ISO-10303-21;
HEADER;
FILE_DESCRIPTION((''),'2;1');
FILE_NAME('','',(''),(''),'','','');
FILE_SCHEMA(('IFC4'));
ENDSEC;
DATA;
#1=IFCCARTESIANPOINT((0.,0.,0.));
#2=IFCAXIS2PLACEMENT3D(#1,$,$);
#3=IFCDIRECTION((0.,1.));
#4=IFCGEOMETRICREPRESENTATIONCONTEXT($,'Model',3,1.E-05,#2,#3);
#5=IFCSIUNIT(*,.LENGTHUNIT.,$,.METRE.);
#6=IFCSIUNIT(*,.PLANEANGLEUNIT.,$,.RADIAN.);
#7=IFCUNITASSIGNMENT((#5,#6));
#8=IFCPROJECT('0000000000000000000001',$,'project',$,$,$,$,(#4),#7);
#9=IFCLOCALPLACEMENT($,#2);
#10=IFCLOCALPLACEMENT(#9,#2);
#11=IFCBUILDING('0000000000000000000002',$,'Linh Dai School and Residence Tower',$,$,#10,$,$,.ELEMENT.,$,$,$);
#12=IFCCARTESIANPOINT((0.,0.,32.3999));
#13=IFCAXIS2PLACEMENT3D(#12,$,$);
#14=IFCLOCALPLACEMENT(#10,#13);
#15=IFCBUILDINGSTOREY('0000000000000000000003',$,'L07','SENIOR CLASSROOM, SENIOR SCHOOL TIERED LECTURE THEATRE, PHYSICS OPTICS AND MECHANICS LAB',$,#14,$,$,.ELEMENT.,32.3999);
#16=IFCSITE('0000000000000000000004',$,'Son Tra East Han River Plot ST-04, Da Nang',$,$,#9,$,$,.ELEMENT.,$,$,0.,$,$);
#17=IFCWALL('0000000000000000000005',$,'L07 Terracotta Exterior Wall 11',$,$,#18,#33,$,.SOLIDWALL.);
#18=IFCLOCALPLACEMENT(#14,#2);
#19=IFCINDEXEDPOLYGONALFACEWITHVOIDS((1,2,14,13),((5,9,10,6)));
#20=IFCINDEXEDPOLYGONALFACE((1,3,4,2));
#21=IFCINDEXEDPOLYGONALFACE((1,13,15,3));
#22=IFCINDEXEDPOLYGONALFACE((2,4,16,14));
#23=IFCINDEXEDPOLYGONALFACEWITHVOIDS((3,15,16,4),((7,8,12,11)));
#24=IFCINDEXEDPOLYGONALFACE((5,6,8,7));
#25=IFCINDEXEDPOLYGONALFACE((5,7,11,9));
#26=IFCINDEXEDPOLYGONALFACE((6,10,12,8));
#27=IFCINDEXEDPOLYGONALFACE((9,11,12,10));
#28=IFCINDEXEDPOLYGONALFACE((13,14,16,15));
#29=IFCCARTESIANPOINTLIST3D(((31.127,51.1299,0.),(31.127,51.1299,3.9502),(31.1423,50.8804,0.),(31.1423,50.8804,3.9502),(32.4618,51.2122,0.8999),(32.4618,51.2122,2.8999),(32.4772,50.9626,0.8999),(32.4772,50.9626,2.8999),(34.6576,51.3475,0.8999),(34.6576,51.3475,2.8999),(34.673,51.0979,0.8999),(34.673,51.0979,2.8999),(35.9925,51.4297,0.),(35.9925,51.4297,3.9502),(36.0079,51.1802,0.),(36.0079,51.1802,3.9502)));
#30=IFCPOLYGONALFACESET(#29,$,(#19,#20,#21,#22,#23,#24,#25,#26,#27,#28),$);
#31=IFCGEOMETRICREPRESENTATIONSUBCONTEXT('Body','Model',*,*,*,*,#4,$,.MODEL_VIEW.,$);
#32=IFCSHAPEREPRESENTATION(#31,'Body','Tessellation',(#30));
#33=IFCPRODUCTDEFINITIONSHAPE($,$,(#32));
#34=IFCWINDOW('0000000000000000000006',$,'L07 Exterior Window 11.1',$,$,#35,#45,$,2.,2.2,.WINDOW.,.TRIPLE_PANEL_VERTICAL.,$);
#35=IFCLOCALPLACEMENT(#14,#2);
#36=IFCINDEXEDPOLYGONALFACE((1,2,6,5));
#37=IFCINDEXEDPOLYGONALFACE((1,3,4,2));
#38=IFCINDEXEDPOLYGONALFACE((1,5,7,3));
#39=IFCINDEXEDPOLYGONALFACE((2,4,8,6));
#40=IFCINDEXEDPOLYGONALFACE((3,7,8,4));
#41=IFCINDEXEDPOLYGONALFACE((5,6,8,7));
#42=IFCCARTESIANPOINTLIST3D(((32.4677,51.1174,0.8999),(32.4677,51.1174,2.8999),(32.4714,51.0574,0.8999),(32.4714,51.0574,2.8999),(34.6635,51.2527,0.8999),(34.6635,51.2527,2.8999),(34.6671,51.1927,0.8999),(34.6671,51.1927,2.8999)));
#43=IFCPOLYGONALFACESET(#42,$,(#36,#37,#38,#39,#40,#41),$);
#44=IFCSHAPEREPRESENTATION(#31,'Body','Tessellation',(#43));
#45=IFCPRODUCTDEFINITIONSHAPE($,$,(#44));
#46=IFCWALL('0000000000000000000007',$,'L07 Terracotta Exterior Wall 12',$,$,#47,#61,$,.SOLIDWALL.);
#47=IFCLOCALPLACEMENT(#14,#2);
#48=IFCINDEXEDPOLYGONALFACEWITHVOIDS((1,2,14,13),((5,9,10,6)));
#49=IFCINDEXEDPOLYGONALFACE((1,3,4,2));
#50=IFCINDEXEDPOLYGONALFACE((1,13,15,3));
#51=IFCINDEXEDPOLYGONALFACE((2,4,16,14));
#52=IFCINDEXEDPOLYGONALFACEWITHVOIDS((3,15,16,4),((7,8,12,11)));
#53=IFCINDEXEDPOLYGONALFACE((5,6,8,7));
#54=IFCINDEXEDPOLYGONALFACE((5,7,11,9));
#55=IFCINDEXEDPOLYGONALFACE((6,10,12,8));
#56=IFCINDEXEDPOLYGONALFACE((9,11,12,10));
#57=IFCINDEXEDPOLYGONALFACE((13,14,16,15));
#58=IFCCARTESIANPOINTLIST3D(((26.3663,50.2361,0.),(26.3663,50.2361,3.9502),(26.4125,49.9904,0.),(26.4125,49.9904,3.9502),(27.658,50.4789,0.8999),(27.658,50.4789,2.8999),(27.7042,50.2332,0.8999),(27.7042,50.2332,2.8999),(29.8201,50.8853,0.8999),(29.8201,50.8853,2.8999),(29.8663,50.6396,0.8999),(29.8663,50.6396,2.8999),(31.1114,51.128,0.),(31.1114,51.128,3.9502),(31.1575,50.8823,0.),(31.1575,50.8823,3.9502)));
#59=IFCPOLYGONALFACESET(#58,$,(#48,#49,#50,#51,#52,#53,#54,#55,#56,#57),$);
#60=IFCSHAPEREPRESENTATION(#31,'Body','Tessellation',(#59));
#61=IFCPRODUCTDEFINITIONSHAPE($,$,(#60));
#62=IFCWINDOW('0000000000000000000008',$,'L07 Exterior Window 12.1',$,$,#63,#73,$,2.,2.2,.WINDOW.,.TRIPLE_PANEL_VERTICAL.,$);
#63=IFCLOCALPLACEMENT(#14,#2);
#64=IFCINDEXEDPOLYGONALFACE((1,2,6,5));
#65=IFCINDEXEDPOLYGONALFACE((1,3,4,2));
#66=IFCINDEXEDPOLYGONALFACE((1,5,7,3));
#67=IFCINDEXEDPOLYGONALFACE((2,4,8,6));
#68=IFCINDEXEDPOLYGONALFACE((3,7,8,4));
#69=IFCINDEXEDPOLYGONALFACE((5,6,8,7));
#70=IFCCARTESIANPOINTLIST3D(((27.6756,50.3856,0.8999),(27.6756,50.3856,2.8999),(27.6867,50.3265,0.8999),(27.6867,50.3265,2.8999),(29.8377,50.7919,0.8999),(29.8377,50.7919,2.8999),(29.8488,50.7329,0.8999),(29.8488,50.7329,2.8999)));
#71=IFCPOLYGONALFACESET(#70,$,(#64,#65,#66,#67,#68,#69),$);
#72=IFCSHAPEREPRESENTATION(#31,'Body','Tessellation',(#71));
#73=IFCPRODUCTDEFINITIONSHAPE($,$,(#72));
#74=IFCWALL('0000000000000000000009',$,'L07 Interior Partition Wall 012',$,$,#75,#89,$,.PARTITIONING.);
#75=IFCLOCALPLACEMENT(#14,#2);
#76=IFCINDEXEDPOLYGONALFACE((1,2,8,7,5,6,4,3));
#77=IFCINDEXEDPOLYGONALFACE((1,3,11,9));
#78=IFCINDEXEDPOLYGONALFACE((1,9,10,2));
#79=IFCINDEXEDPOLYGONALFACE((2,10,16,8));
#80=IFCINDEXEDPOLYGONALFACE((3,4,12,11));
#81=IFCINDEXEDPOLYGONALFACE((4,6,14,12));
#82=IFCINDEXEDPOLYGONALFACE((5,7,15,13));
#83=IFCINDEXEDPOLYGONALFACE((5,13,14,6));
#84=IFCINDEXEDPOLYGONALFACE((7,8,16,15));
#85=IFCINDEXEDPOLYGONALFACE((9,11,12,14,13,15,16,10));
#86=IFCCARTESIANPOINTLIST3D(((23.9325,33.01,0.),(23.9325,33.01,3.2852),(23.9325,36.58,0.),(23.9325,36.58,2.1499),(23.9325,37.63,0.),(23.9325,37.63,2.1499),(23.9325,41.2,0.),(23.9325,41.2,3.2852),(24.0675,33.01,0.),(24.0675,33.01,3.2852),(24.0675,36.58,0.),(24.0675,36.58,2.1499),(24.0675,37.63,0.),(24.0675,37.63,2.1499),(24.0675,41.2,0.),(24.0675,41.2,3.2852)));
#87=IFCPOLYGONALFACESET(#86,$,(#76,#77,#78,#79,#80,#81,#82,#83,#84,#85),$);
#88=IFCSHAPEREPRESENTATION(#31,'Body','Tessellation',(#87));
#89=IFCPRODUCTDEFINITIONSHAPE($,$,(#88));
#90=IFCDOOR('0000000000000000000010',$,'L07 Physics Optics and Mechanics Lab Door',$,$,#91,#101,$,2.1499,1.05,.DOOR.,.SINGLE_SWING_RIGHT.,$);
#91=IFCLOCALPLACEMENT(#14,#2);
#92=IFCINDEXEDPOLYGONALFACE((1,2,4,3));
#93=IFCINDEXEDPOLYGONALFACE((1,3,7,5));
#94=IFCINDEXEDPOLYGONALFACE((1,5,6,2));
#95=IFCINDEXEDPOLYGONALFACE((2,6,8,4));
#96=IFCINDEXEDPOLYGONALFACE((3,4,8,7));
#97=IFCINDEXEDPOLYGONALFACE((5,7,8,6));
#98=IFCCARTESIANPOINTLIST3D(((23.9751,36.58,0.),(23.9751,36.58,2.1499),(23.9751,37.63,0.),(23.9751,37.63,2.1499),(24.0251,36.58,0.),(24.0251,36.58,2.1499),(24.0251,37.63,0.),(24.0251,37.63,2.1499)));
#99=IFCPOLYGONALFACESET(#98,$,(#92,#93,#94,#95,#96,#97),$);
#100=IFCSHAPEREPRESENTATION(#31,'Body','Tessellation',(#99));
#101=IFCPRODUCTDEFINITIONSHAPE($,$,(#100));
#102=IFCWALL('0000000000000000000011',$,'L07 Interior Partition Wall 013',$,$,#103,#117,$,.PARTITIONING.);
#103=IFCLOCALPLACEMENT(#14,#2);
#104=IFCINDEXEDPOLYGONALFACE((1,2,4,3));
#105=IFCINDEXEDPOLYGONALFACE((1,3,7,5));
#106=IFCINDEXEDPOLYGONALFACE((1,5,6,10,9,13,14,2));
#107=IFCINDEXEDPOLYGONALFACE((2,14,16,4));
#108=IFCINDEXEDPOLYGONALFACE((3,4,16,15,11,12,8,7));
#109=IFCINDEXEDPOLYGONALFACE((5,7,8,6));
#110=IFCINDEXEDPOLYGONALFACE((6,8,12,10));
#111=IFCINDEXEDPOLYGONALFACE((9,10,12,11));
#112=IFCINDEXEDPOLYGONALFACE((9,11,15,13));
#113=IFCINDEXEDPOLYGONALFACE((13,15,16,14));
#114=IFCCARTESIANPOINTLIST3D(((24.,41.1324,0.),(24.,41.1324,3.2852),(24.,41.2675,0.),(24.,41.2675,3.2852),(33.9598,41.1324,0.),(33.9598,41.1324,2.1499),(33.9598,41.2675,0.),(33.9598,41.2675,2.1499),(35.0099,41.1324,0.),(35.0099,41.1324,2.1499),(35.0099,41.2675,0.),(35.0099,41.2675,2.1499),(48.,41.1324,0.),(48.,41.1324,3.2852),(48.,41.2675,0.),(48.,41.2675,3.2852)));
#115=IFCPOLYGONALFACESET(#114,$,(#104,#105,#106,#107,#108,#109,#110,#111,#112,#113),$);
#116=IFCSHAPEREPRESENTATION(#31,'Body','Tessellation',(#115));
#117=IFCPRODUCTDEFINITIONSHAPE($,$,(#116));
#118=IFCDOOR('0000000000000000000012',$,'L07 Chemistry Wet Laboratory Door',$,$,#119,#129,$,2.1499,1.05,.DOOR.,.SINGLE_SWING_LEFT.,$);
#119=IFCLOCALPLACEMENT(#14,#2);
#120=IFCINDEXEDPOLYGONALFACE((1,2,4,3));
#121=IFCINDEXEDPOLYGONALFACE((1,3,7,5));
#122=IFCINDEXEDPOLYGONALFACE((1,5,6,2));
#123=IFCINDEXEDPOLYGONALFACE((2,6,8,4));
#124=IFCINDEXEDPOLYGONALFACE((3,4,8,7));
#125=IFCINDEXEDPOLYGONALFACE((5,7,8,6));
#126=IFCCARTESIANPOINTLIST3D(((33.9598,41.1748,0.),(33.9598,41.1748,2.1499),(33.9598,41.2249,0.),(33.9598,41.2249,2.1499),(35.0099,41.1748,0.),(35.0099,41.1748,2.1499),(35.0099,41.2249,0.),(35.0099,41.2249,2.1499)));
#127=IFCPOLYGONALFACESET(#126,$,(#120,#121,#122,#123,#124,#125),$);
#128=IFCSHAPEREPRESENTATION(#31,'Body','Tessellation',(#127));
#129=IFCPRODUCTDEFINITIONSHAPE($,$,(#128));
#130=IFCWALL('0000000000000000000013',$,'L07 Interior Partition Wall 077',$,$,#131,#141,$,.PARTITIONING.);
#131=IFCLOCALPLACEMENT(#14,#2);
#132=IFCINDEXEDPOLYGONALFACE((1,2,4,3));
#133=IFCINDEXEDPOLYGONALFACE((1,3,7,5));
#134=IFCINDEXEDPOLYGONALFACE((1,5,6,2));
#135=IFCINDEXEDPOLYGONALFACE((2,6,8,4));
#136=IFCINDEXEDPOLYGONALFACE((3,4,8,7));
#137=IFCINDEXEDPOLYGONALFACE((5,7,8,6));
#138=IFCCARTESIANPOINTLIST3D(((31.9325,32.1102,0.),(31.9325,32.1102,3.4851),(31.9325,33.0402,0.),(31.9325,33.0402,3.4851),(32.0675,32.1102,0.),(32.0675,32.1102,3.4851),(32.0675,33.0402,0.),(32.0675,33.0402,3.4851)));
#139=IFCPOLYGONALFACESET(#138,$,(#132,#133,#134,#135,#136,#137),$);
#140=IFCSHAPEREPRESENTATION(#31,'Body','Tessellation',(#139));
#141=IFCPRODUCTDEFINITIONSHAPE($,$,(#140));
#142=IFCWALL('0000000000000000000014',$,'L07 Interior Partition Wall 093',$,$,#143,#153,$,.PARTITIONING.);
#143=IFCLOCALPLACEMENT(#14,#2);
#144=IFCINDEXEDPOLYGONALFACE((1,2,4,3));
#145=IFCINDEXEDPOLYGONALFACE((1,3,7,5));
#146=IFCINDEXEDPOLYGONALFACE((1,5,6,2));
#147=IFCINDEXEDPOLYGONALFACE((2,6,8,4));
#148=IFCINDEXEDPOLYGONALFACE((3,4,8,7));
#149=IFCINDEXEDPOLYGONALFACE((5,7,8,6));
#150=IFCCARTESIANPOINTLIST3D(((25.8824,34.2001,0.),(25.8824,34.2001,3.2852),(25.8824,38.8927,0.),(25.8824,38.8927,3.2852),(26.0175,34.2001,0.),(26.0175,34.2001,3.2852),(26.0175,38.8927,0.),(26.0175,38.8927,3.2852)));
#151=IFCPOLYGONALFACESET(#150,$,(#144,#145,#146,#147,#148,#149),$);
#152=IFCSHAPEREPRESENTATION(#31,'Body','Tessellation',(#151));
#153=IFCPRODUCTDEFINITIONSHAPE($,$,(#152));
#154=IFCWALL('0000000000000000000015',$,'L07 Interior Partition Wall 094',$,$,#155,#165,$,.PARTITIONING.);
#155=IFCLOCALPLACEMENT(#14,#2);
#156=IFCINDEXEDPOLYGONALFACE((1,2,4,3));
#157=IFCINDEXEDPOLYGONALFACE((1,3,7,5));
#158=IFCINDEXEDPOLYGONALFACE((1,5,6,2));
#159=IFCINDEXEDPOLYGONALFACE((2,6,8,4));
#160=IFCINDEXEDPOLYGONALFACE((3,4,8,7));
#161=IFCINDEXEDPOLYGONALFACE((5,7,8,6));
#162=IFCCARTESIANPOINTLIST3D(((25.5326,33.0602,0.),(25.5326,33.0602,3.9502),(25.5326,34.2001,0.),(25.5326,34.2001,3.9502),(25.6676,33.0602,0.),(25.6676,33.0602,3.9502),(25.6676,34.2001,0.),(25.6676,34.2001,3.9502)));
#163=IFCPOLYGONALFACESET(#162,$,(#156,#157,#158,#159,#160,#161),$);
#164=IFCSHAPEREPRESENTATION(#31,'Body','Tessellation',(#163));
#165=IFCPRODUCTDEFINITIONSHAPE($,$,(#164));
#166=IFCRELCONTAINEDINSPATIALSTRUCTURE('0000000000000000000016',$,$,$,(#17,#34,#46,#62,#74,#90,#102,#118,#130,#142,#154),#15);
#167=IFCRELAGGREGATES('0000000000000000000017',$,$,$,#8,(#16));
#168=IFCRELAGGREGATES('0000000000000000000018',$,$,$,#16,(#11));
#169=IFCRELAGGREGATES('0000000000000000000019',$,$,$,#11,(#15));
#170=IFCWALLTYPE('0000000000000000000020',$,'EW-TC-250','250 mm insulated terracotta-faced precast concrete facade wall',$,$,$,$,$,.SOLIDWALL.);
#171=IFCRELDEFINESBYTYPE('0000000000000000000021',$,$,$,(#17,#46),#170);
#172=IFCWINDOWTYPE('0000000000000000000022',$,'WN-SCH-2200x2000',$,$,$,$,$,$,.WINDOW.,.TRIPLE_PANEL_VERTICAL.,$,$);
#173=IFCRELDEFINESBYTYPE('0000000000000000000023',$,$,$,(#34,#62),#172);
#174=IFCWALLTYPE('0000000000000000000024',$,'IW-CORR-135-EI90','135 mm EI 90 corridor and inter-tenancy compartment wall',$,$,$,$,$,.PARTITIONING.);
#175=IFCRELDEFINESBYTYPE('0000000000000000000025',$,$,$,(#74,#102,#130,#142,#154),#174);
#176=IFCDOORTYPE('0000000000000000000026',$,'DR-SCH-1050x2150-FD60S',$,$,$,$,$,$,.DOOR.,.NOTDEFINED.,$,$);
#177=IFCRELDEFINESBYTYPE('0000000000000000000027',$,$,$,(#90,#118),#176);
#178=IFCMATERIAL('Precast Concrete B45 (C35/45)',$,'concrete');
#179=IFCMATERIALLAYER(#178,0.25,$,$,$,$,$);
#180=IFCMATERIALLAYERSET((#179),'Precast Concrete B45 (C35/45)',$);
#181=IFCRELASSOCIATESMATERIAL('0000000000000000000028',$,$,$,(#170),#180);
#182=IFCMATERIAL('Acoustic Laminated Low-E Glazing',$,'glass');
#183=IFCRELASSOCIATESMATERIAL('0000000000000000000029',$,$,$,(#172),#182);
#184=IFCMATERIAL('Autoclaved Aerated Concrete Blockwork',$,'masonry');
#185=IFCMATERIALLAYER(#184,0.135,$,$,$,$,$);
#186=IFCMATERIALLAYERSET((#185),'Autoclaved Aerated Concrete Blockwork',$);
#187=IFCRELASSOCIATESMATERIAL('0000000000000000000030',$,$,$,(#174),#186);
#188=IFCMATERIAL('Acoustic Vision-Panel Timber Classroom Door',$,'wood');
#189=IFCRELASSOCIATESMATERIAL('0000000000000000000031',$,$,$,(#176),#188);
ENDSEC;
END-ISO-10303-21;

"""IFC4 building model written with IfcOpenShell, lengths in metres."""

from ifc_helpers import new_model, si_unit, direction, frame, frame_2d, origin, origin_2d, place, context, subcontext, project, spatial, rectangle, extrude, source, transform, mapped, material, layer, layer_set, type_object, element, fill, save


model = new_model("IFC4")

# Units and contexts
model_context = context("Model", 3, precision=1e-05, world=origin(), true_north=direction((0.0, 1.0)))
body_context = subcontext(model_context, "Body", "Model", "MODEL_VIEW")
ifc_project = project(units=[si_unit("LENGTHUNIT", "METRE"), si_unit("PLANEANGLEUNIT", "RADIAN")], contexts=[model_context])

# Site, building, storey
site_placement = place(None, origin())
site = spatial("IfcSite", under=ifc_project, at=site_placement, Name="Son Tra East Han River Plot ST-04, Da Nang", CompositionType="ELEMENT", RefElevation=0.0)
building_placement = place(site_placement, origin())
building = spatial("IfcBuilding", under=site, at=building_placement, Name="Linh Dai School and Residence Tower", CompositionType="ELEMENT")
storey_placement = place(building_placement, frame((0.0, 0.0, 32.3999)))
storey = spatial("IfcBuildingStorey", under=building, at=storey_placement, Name="L07", Description="SENIOR CLASSROOM, SENIOR SCHOOL TIERED LECTURE THEATRE, PHYSICS OPTICS AND MECHANICS LAB", CompositionType="ELEMENT", Elevation=32.3999)

# Walls, openings, windows
ifc_material_1 = material(Name="Precast Concrete B45 (C35/45)", Category="concrete")
ifc_layer_1 = layer(ifc_material_1, 0.25)
ifc_layer_set_1 = layer_set([ifc_layer_1], Name="Precast Concrete B45 (C35/45)")
wall_type_1 = type_object("IfcWallType", Name="EW-TC-250", Description="250 mm insulated terracotta-faced precast concrete facade wall", PredefinedType="SOLIDWALL", material=ifc_layer_set_1)
ifc_material_2 = material(Name="Acoustic Laminated Low-E Glazing", Category="glass")
window_type = type_object("IfcWindowType", Name="WN-SCH-2200x2000", PartitioningType="TRIPLE_PANEL_VERTICAL", PredefinedType="WINDOW", material=ifc_material_2)
shared_shape_1 = source(origin(), body_context, "Body", "SweptSolid", [
    extrude(rectangle(XDim=2.2, YDim=2.0, at=origin_2d()), frame((1.1001, 0.03, 1.0), z_axis=(0.0, -1.0, 0.0), x_axis=(1.0, 0.0, 0.0)), (0.0, 0.0, 1.0), 0.0601),
])
wall_1_placement = place(storey_placement, frame((31.1345, 51.0051, 0.0), z_axis=(0.0, 0.0, 1.0), x_axis=(0.998107, 0.061502, 0.0)))
wall_1 = element("IfcWall", 1, at=wall_1_placement, inside=storey, type_object=wall_type_1, Name="L07 Terracotta Exterior Wall 11", PredefinedType="SOLIDWALL", context=body_context, shape_type="SweptSolid", body=[
    extrude(rectangle(XDim=4.8748, YDim=0.25, at=frame_2d((2.4375, 0.0))), origin(), (0.0, 0.0, 1.0), 3.9502),
])
opening_1_placement = place(wall_1_placement, frame((1.3374, 0.0, 0.8999)))
opening_1 = element("IfcOpeningElement", 2, at=opening_1_placement, cuts=wall_1, PredefinedType="OPENING", context=body_context, shape_type="SweptSolid", body=[
    extrude(rectangle(XDim=2.2, YDim=2.0, at=origin_2d()), frame((1.1001, 0.135, 1.0), z_axis=(0.0, -1.0, 0.0), x_axis=(1.0, 0.0, 0.0)), (0.0, 0.0, 1.0), 0.27),
])
window_1_placement = place(opening_1_placement, origin())
window_1 = element("IfcWindow", 3, at=window_1_placement, inside=storey, type_object=window_type, Name="L07 Exterior Window 11.1", OverallHeight=2.0, OverallWidth=2.2, PartitioningType="TRIPLE_PANEL_VERTICAL", PredefinedType="WINDOW", context=body_context, shape_type="MappedRepresentation", body=[
    mapped(shared_shape_1, transform((0.0, 0.0, 0.0), x_axis=(1.0, 0.0, 0.0), y_axis=(0.0, 1.0, 0.0), z_axis=(0.0, 0.0, 1.0), scale=1.0)),
])
fill(opening_1, window_1)
wall_2_placement = place(storey_placement, frame((26.3894, 50.1133, 0.0), z_axis=(0.0, 0.0, 1.0), x_axis=(0.982792, 0.184716, 0.0)))
wall_2 = element("IfcWall", 4, at=wall_2_placement, inside=storey, type_object=wall_type_1, Name="L07 Terracotta Exterior Wall 12", PredefinedType="SOLIDWALL", context=body_context, shape_type="SweptSolid", body=[
    extrude(rectangle(XDim=4.8281, YDim=0.25, at=frame_2d((2.4141, 0.0))), origin(), (0.0, 0.0, 1.0), 3.9502),
])
opening_2_placement = place(wall_2_placement, frame((1.3142, 0.0, 0.8999)))
opening_2 = element("IfcOpeningElement", 5, at=opening_2_placement, cuts=wall_2, PredefinedType="OPENING", context=body_context, shape_type="SweptSolid", body=[
    extrude(rectangle(XDim=2.2, YDim=2.0, at=origin_2d()), frame((1.1001, 0.135, 1.0), z_axis=(0.0, -1.0, 0.0), x_axis=(1.0, 0.0, 0.0)), (0.0, 0.0, 1.0), 0.27),
])
window_2_placement = place(opening_2_placement, origin())
window_2 = element("IfcWindow", 6, at=window_2_placement, inside=storey, type_object=window_type, Name="L07 Exterior Window 12.1", OverallHeight=2.0, OverallWidth=2.2, PartitioningType="TRIPLE_PANEL_VERTICAL", PredefinedType="WINDOW", context=body_context, shape_type="MappedRepresentation", body=[
    mapped(shared_shape_1, transform((0.0, 0.0, 0.0), x_axis=(1.0, 0.0, 0.0), y_axis=(0.0, 1.0, 0.0), z_axis=(0.0, 0.0, 1.0), scale=1.0)),
])
fill(opening_2, window_2)

# Walls, openings, doors
ifc_material_3 = material(Name="Autoclaved Aerated Concrete Blockwork", Category="masonry")
ifc_layer_2 = layer(ifc_material_3, 0.135)
ifc_layer_set_2 = layer_set([ifc_layer_2], Name="Autoclaved Aerated Concrete Blockwork")
wall_type_2 = type_object("IfcWallType", Name="IW-CORR-135-EI90", Description="135 mm EI 90 corridor and inter-tenancy compartment wall", PredefinedType="PARTITIONING", material=ifc_layer_set_2)
wall_3_placement = place(storey_placement, frame((24.0, 33.01, 0.0), z_axis=(0.0, 0.0, 1.0), x_axis=(0.0, 1.0, 0.0)))
wall_3 = element("IfcWall", 7, at=wall_3_placement, inside=storey, type_object=wall_type_2, Name="L07 Interior Partition Wall 012", PredefinedType="PARTITIONING", context=body_context, shape_type="SweptSolid", body=[
    extrude(rectangle(XDim=8.1899, YDim=0.135, at=frame_2d((4.095, 0.0))), origin(), (0.0, 0.0, 1.0), 3.2852),
])
opening_3_placement = place(wall_3_placement, frame((3.5701, 0.0, 0.0)))
opening_3 = element("IfcOpeningElement", 8, at=opening_3_placement, cuts=wall_3, PredefinedType="OPENING", context=body_context, shape_type="SweptSolid", body=[
    extrude(rectangle(XDim=1.05, YDim=2.1499, at=origin_2d()), frame((0.5249, 0.0776, 1.075), z_axis=(0.0, -1.0, 0.0), x_axis=(1.0, 0.0, 0.0)), (0.0, 0.0, 1.0), 0.155),
])
ifc_material_4 = material(Name="Acoustic Vision-Panel Timber Classroom Door", Category="wood")
door_type = type_object("IfcDoorType", Name="DR-SCH-1050x2150-FD60S", OperationType="NOTDEFINED", PredefinedType="DOOR", material=ifc_material_4)
shared_shape_2 = source(origin(), body_context, "Body", "SweptSolid", [
    extrude(rectangle(XDim=1.05, YDim=2.1499, at=origin_2d()), frame((0.5249, 0.0249, 1.075), z_axis=(0.0, -1.0, 0.0), x_axis=(1.0, 0.0, 0.0)), (0.0, 0.0, 1.0), 0.05),
])
door_1_placement = place(opening_3_placement, origin())
door_1 = element("IfcDoor", 9, at=door_1_placement, inside=storey, type_object=door_type, Name="L07 Physics Optics and Mechanics Lab Door", OperationType="SINGLE_SWING_RIGHT", OverallHeight=2.1499, OverallWidth=1.05, PredefinedType="DOOR", context=body_context, shape_type="MappedRepresentation", body=[
    mapped(shared_shape_2, transform((0.0, 0.0, 0.0), x_axis=(1.0, 0.0, 0.0), y_axis=(0.0, 1.0, 0.0), z_axis=(0.0, 0.0, 1.0), scale=1.0)),
])
fill(opening_3, door_1)
wall_4_placement = place(storey_placement, frame((24.0, 41.2, 0.0), z_axis=(0.0, 0.0, 1.0), x_axis=(1.0, 0.0, 0.0)))
wall_4 = element("IfcWall", 10, at=wall_4_placement, inside=storey, type_object=wall_type_2, Name="L07 Interior Partition Wall 013", PredefinedType="PARTITIONING", context=body_context, shape_type="SweptSolid", body=[
    extrude(rectangle(XDim=24.0, YDim=0.135, at=frame_2d((12.0, 0.0))), origin(), (0.0, 0.0, 1.0), 3.2852),
])
opening_4_placement = place(wall_4_placement, frame((9.96, 0.0, 0.0)))
opening_4 = element("IfcOpeningElement", 11, at=opening_4_placement, cuts=wall_4, PredefinedType="OPENING", context=body_context, shape_type="SweptSolid", body=[
    extrude(rectangle(XDim=1.05, YDim=2.1499, at=origin_2d()), frame((0.5249, 0.0776, 1.075), z_axis=(0.0, -1.0, 0.0), x_axis=(1.0, 0.0, 0.0)), (0.0, 0.0, 1.0), 0.155),
])
door_2_placement = place(opening_4_placement, origin())
door_2 = element("IfcDoor", 12, at=door_2_placement, inside=storey, type_object=door_type, Name="L07 Chemistry Wet Laboratory Door", OperationType="SINGLE_SWING_LEFT", OverallHeight=2.1499, OverallWidth=1.05, PredefinedType="DOOR", context=body_context, shape_type="MappedRepresentation", body=[
    mapped(shared_shape_2, transform((0.0, 0.0, 0.0), x_axis=(1.0, 0.0, 0.0), y_axis=(0.0, 1.0, 0.0), z_axis=(0.0, 0.0, 1.0), scale=1.0)),
])
fill(opening_4, door_2)

# Walls
wall_5_placement = place(storey_placement, frame((32.0, 33.04, 0.0), z_axis=(0.0, 0.0, 1.0), x_axis=(0.0, -1.0, 0.0)))
element("IfcWall", 13, at=wall_5_placement, inside=storey, type_object=wall_type_2, Name="L07 Interior Partition Wall 077", PredefinedType="PARTITIONING", context=body_context, shape_type="SweptSolid", body=[
    extrude(rectangle(XDim=0.9299, YDim=0.135, at=frame_2d((0.4648, 0.0))), origin(), (0.0, 0.0, 1.0), 3.4851),
])
wall_6_placement = place(storey_placement, frame((25.95, 38.8926, 0.0), z_axis=(0.0, 0.0, 1.0), x_axis=(0.0, -1.0, 0.0)))
element("IfcWall", 14, at=wall_6_placement, inside=storey, type_object=wall_type_2, Name="L07 Interior Partition Wall 093", PredefinedType="PARTITIONING", context=body_context, shape_type="SweptSolid", body=[
    extrude(rectangle(XDim=4.6926, YDim=0.135, at=frame_2d((2.3462, 0.0))), origin(), (0.0, 0.0, 1.0), 3.2852),
])
wall_7_placement = place(storey_placement, frame((25.6001, 34.2, 0.0), z_axis=(0.0, 0.0, 1.0), x_axis=(0.0, -1.0, 0.0)))
element("IfcWall", 15, at=wall_7_placement, inside=storey, type_object=wall_type_2, Name="L07 Interior Partition Wall 094", PredefinedType="PARTITIONING", context=body_context, shape_type="SweptSolid", body=[
    extrude(rectangle(XDim=1.1399, YDim=0.135, at=frame_2d((0.5698, 0.0))), origin(), (0.0, 0.0, 1.0), 3.9502),
])

save(model, "model.ifc")
